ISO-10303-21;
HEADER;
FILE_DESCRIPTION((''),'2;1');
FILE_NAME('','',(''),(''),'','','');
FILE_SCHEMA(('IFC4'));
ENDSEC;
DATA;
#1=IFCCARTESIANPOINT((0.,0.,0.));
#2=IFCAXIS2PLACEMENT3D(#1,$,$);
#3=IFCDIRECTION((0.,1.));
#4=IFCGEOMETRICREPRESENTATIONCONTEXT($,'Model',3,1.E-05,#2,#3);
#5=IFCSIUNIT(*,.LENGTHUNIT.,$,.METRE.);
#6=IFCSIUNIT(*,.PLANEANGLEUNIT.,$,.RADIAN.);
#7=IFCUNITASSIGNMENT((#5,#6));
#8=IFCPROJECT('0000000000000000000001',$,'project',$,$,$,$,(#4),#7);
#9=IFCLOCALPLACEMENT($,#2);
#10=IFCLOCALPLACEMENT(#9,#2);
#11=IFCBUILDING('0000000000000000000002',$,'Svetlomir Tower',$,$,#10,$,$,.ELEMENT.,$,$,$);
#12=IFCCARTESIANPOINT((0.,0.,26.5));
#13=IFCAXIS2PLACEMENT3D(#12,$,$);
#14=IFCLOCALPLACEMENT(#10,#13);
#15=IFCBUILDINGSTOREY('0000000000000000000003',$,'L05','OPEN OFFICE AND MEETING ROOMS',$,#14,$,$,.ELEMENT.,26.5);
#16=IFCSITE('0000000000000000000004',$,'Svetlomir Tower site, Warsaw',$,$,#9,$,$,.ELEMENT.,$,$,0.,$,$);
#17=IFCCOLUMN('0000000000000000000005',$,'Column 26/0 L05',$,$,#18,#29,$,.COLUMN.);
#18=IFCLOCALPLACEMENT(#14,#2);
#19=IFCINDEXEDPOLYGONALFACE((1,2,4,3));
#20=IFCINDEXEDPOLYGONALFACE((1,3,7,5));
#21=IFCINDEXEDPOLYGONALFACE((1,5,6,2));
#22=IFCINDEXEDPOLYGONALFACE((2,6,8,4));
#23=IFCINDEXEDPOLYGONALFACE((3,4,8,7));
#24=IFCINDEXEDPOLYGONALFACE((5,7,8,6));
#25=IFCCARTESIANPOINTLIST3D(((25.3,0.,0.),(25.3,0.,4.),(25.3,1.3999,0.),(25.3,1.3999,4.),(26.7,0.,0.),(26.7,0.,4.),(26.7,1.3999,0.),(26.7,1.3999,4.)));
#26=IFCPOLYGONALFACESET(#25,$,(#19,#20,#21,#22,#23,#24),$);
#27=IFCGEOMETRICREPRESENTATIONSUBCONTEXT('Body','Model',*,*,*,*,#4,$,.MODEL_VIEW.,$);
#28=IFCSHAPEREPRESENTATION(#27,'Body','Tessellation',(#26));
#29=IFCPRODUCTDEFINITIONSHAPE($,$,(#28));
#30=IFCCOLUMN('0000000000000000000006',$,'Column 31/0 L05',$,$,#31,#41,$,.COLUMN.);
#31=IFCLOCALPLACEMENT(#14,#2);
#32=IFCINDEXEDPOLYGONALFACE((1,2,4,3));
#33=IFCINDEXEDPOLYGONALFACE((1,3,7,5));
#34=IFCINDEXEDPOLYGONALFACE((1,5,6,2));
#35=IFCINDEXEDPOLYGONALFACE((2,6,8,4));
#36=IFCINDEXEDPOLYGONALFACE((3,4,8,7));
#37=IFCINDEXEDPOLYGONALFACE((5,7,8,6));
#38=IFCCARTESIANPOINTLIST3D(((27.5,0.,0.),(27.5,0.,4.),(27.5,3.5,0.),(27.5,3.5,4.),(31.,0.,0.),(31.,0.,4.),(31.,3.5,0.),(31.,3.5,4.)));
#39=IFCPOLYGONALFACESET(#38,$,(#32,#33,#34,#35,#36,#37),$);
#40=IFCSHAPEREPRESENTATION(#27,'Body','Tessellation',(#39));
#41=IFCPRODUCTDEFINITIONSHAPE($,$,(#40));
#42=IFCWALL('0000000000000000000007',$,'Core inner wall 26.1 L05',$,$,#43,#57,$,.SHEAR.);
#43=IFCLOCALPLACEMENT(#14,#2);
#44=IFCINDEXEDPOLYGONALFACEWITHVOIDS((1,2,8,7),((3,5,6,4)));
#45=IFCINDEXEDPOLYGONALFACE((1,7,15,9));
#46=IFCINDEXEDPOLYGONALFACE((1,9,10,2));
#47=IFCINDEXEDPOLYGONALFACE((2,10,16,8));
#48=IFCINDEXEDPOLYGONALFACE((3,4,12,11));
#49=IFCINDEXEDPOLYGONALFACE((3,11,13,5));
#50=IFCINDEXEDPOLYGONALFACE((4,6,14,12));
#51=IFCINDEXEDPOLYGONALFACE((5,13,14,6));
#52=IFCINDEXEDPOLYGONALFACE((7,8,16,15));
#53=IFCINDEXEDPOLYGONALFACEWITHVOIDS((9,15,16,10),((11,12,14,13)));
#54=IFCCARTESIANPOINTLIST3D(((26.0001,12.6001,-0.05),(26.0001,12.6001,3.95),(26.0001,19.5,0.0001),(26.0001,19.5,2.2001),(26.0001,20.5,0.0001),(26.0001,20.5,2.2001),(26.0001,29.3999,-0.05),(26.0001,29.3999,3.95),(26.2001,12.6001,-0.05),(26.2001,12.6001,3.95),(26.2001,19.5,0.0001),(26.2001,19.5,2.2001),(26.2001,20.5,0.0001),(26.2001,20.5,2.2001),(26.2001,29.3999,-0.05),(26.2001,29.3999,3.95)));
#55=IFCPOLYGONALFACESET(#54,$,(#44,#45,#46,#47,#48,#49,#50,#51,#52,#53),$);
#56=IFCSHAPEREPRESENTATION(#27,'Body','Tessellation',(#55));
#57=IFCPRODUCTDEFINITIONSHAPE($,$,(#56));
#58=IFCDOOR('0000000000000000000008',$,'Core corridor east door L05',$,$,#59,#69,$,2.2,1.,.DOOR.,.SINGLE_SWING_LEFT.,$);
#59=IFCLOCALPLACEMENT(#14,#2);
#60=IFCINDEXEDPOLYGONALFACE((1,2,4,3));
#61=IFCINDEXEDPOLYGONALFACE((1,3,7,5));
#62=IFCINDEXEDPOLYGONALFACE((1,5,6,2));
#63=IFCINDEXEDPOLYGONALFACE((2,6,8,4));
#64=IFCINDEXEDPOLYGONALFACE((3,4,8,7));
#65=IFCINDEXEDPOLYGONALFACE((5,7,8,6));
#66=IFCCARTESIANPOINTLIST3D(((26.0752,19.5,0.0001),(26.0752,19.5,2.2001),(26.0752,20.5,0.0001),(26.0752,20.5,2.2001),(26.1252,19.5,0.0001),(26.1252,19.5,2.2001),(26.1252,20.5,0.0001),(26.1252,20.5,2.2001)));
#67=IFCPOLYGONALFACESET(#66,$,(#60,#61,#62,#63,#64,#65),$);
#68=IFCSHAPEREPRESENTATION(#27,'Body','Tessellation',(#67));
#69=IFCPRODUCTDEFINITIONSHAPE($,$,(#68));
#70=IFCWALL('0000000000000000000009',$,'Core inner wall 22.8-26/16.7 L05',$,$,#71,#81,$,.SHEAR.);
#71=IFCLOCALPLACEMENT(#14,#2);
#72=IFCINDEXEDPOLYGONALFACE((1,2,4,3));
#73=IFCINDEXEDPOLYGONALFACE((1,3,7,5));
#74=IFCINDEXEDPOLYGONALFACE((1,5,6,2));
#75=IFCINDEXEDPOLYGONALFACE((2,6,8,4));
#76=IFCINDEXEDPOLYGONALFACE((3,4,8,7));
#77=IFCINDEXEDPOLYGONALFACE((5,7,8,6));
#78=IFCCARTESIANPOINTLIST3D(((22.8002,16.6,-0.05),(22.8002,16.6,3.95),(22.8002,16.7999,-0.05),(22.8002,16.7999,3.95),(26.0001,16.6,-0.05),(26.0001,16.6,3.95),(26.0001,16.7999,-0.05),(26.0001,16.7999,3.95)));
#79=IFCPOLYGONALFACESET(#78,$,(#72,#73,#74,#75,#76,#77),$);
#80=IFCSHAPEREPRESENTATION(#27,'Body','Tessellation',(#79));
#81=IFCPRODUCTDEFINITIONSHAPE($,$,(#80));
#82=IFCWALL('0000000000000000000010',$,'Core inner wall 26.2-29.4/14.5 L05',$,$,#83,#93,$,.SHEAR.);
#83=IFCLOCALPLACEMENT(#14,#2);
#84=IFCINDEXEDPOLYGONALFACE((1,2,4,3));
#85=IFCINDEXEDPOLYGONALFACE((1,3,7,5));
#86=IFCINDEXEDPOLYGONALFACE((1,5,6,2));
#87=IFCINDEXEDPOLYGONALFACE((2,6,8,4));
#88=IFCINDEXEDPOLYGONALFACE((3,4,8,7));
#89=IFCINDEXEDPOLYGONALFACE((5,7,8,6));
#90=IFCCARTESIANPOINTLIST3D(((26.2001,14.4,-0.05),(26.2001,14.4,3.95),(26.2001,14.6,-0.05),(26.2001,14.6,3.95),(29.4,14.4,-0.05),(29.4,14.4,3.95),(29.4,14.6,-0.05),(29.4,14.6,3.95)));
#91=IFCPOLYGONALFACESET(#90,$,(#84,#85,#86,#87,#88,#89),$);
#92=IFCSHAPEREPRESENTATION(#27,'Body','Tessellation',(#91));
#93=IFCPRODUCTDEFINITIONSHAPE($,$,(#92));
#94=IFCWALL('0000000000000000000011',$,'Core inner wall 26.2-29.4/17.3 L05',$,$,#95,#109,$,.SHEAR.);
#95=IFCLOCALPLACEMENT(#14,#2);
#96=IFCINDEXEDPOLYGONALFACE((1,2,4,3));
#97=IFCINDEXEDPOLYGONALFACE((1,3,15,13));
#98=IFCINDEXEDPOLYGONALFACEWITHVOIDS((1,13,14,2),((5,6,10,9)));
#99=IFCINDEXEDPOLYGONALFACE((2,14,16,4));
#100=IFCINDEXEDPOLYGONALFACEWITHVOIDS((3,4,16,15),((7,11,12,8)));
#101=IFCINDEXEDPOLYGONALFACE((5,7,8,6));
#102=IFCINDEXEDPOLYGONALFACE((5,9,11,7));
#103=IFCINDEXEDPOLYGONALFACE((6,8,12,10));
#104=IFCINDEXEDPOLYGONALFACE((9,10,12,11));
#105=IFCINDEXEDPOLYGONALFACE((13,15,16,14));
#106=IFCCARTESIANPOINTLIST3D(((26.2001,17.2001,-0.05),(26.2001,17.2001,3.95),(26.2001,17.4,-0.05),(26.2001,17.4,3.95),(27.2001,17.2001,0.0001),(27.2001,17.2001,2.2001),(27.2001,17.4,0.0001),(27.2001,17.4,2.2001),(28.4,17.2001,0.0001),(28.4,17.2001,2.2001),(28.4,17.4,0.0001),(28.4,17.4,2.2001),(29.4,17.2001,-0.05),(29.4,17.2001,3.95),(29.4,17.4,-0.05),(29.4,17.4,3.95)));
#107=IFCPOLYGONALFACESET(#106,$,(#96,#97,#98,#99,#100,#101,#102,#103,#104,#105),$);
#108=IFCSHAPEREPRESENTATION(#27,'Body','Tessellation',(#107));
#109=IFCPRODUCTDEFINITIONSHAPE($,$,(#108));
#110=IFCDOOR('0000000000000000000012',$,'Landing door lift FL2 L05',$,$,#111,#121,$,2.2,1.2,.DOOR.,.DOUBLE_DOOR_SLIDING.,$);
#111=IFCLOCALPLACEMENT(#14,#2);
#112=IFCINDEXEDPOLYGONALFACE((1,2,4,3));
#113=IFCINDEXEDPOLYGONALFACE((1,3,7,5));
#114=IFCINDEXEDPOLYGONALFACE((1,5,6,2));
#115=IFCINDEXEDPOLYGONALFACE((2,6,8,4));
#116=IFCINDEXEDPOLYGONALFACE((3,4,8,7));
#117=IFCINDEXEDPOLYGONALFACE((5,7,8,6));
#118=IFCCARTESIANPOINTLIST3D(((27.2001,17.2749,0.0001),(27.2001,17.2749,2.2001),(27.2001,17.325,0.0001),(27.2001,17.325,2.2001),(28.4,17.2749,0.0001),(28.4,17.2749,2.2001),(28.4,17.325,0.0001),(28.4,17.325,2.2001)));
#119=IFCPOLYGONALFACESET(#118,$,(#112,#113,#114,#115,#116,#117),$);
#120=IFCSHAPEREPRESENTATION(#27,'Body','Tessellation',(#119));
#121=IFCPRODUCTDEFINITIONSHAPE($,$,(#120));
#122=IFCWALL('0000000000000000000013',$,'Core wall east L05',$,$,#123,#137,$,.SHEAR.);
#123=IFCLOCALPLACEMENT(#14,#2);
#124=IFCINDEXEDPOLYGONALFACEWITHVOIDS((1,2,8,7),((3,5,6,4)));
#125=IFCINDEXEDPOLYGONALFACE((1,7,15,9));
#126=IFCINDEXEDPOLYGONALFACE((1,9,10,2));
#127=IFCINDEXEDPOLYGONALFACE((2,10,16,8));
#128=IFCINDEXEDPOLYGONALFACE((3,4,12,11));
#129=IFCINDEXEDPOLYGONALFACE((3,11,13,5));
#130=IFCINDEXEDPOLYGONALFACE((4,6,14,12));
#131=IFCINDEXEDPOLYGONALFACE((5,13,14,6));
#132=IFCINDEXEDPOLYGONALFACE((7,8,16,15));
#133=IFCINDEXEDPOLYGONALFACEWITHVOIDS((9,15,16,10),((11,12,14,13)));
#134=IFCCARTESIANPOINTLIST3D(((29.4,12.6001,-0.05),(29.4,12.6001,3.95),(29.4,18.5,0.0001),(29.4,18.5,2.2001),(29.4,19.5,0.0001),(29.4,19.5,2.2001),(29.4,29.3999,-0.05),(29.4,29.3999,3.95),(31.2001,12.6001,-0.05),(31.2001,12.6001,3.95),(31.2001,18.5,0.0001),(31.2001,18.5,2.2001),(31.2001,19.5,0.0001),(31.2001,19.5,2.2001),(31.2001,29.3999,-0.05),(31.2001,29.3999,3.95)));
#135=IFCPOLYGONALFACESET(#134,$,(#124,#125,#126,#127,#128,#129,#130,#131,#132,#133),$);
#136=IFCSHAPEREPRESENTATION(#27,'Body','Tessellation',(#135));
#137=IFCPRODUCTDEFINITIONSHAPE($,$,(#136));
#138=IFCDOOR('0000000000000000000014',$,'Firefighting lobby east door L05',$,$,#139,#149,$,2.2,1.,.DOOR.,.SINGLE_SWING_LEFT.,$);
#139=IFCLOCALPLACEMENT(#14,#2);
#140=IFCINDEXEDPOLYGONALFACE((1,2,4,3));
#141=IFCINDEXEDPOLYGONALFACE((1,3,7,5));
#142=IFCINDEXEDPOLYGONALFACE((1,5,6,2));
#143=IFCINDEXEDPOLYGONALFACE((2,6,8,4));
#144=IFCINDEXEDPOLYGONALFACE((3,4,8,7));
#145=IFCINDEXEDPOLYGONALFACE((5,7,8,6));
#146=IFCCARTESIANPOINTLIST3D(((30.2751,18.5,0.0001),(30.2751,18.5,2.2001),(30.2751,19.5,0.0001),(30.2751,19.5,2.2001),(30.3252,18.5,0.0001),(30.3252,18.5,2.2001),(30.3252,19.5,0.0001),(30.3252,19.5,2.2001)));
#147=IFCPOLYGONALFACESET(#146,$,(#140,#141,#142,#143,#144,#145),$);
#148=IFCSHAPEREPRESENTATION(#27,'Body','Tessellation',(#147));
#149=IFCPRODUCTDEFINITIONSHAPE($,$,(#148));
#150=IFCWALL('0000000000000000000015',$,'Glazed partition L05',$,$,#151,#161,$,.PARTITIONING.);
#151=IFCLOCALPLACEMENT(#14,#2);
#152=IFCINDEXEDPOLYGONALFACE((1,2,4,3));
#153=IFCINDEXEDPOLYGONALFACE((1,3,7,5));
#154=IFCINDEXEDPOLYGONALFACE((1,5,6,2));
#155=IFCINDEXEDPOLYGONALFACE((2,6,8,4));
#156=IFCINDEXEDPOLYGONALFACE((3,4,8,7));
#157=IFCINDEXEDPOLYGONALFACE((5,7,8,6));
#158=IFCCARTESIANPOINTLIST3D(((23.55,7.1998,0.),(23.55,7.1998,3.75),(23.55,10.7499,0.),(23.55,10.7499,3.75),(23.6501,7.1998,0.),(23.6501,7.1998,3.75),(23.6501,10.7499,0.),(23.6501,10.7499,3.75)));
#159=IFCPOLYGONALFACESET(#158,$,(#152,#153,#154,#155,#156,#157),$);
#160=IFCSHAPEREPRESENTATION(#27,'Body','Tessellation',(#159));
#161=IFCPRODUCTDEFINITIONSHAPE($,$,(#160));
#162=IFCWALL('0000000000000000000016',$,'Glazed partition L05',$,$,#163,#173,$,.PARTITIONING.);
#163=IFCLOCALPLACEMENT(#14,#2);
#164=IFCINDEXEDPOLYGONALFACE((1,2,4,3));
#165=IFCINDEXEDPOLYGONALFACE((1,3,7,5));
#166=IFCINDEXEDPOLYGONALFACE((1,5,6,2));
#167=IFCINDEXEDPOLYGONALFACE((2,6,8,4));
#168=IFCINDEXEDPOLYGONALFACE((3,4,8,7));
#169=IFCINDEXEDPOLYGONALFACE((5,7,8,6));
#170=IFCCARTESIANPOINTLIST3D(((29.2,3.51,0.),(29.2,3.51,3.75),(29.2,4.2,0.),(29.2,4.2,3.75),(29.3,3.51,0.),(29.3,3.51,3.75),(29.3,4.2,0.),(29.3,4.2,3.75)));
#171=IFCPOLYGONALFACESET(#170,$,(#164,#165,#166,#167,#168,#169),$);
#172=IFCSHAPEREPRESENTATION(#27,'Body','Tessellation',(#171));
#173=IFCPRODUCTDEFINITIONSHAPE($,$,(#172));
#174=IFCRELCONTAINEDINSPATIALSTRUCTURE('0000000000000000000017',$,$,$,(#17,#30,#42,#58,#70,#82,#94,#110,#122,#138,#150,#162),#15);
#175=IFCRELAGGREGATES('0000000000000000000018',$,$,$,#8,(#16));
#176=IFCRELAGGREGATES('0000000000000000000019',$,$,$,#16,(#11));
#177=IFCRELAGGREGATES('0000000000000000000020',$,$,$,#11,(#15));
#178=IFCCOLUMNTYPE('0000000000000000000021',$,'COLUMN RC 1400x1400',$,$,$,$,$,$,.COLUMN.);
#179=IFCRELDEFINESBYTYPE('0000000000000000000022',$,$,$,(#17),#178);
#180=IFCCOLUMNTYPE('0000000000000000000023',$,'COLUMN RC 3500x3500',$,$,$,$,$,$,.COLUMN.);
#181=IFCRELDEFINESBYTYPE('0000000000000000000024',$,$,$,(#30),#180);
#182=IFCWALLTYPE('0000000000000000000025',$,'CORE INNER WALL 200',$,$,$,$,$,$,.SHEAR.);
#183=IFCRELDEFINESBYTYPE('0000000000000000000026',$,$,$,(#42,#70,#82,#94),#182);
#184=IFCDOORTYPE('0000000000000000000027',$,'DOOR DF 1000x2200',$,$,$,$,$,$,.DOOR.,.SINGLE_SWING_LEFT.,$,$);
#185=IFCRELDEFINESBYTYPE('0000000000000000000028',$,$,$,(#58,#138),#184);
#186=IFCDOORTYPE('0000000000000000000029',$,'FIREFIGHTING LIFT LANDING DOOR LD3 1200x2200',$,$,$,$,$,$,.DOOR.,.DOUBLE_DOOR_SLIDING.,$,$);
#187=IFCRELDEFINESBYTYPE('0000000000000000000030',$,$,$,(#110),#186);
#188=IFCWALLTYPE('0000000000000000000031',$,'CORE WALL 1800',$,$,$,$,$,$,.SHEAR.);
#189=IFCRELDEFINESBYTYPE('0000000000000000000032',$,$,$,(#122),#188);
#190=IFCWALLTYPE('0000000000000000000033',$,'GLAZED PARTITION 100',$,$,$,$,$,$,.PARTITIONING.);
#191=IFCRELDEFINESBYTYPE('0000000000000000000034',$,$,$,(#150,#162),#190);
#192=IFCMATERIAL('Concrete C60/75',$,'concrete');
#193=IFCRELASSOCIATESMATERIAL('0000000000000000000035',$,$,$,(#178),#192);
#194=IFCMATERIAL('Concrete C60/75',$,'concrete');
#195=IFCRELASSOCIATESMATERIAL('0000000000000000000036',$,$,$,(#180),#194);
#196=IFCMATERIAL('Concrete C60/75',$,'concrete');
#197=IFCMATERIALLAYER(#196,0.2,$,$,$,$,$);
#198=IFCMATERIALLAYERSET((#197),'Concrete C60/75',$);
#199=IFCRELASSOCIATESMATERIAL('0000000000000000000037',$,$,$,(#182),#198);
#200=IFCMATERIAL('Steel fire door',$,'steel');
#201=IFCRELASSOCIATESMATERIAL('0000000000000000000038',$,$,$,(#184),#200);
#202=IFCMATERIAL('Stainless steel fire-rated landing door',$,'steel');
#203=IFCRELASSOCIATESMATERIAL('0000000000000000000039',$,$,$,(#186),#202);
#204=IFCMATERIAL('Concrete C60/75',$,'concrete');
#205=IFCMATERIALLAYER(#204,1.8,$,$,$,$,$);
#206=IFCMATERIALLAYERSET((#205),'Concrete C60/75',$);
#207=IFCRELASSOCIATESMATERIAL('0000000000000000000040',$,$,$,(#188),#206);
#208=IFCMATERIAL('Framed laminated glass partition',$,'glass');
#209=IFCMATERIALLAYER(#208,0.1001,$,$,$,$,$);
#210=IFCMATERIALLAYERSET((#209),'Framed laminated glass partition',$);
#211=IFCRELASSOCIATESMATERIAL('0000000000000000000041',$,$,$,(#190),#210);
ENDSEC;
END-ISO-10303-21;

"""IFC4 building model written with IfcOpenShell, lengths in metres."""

from ifc_helpers import new_model, si_unit, direction, frame, frame_2d, origin, origin_2d, place, context, subcontext, project, spatial, rectangle, extrude, material, layer, layer_set, material_profile, profile_set, type_object, element, fill, save


model = new_model("IFC4")

# Units and contexts
model_context = context("Model", 3, precision=1e-05, world=origin(), true_north=direction((0.0, 1.0)))
body_context = subcontext(model_context, "Body", "Model", "MODEL_VIEW")
ifc_project = project(units=[si_unit("LENGTHUNIT", "METRE"), si_unit("PLANEANGLEUNIT", "RADIAN")], contexts=[model_context])

# Site, building, storey
site_placement = place(None, origin())
site = spatial("IfcSite", under=ifc_project, at=site_placement, Name="Svetlomir Tower site, Warsaw", CompositionType="ELEMENT", RefElevation=0.0)
building_placement = place(site_placement, origin())
building = spatial("IfcBuilding", under=site, at=building_placement, Name="Svetlomir Tower", CompositionType="ELEMENT")
storey_placement = place(building_placement, frame((0.0, 0.0, 26.5)))
storey = spatial("IfcBuildingStorey", under=building, at=storey_placement, Name="L05", Description="OPEN OFFICE AND MEETING ROOMS", CompositionType="ELEMENT", Elevation=26.5)

# Columns
ifc_material_1 = material(Name="Concrete C60/75", Category="concrete")
ifc_material_profile_1 = material_profile(ifc_material_1, rectangle(XDim=1.3999, YDim=1.3999, at=origin_2d()), Name="RC 1400x1400")
ifc_profile_set_1 = profile_set([ifc_material_profile_1], Name="Concrete C60/75")
column_type_1 = type_object("IfcColumnType", Name="COLUMN RC 1400x1400", PredefinedType="COLUMN", material=ifc_profile_set_1)
column_1_placement = place(storey_placement, frame((26.0, 0.7, 0.0), z_axis=(0.0, 0.0, 1.0), x_axis=(1.0, 0.0, 0.0)))
element("IfcColumn", 1, at=column_1_placement, inside=storey, type_object=column_type_1, Name="Column 26/0 L05", PredefinedType="COLUMN", context=body_context, shape_type="SweptSolid", body=[
    extrude(rectangle(XDim=1.3999, YDim=1.3999, at=origin_2d()), origin(), (0.0, 0.0, 1.0), 4.0),
])
ifc_material_2 = material(Name="Concrete C60/75", Category="concrete")
ifc_material_profile_2 = material_profile(ifc_material_2, rectangle(XDim=3.5, YDim=3.5, at=origin_2d()), Name="RC 3500x3500")
ifc_profile_set_2 = profile_set([ifc_material_profile_2], Name="Concrete C60/75")
column_type_2 = type_object("IfcColumnType", Name="COLUMN RC 3500x3500", PredefinedType="COLUMN", material=ifc_profile_set_2)
column_2_placement = place(storey_placement, frame((29.25, 1.75, 0.0), z_axis=(0.0, 0.0, 1.0), x_axis=(1.0, 0.0, 0.0)))
element("IfcColumn", 2, at=column_2_placement, inside=storey, type_object=column_type_2, Name="Column 31/0 L05", PredefinedType="COLUMN", context=body_context, shape_type="SweptSolid", body=[
    extrude(rectangle(XDim=3.5, YDim=3.5, at=origin_2d()), origin(), (0.0, 0.0, 1.0), 4.0),
])

# Wall, opening, door
ifc_material_3 = material(Name="Concrete C60/75", Category="concrete")
ifc_layer_1 = layer(ifc_material_3, 0.2)
ifc_layer_set_1 = layer_set([ifc_layer_1], Name="Concrete C60/75")
wall_type_1 = type_object("IfcWallType", Name="CORE INNER WALL 200", PredefinedType="SHEAR", material=ifc_layer_set_1)
wall_1_placement = place(storey_placement, frame((26.1001, 12.6001, -0.05), z_axis=(0.0, 0.0, 1.0), x_axis=(0.0, 1.0, 0.0)))
wall_1 = element("IfcWall", 3, at=wall_1_placement, inside=storey, type_object=wall_type_1, Name="Core inner wall 26.1 L05", PredefinedType="SHEAR", context=body_context, shape_type="SweptSolid", body=[
    extrude(rectangle(XDim=16.7998, YDim=0.2, at=frame_2d((8.3999, 0.0))), origin(), (0.0, 0.0, 1.0), 4.0),
])
opening_1_placement = place(wall_1_placement, frame((6.8999, 0.0, 0.05)))
opening_1 = element("IfcOpeningElement", 4, at=opening_1_placement, cuts=wall_1, PredefinedType="OPENING", context=body_context, shape_type="SweptSolid", body=[
    extrude(rectangle(XDim=1.0, YDim=2.2, at=frame_2d((0.5, 1.1001))), frame((0.0, 0.1099, 0.0), z_axis=(0.0, -1.0, 0.0), x_axis=(1.0, 0.0, 0.0)), (0.0, 0.0, 1.0), 0.22),
])
ifc_material_4 = material(Name="Steel fire door", Category="steel")
door_type_1 = type_object("IfcDoorType", Name="DOOR DF 1000x2200", OperationType="SINGLE_SWING_LEFT", PredefinedType="DOOR", material=ifc_material_4)
door_1_placement = place(opening_1_placement, origin())
door_1 = element("IfcDoor", 5, at=door_1_placement, inside=storey, type_object=door_type_1, Name="Core corridor east door L05", OperationType="SINGLE_SWING_LEFT", OverallHeight=2.2, OverallWidth=1.0, PredefinedType="DOOR", context=body_context, shape_type="SweptSolid", body=[
    extrude(rectangle(XDim=1.0, YDim=2.2, at=frame_2d((0.5, 1.1001))), frame((0.0, 0.0249, 0.0), z_axis=(0.0, -1.0, 0.0), x_axis=(1.0, 0.0, 0.0)), (0.0, 0.0, 1.0), 0.05),
])
fill(opening_1, door_1)

# Walls
for number, where, z_axis, x_axis, name in (
    (6, (22.8, 16.7, -0.05), (0.0, 0.0, 1.0), (1.0, 0.0, 0.0), "Core inner wall 22.8-26/16.7 L05"),
    (7, (26.2, 14.5, -0.05), (0.0, 0.0, 1.0), (1.0, 0.0, 0.0), "Core inner wall 26.2-29.4/14.5 L05"),
):
    element("IfcWall", number, at=place(storey_placement, frame(where, z_axis=z_axis, x_axis=x_axis)), inside=storey, type_object=wall_type_1, Name=name, PredefinedType="SHEAR", context=body_context, shape_type="SweptSolid", body=[
        extrude(rectangle(XDim=3.2, YDim=0.2, at=frame_2d((1.6001, 0.0))), origin(), (0.0, 0.0, 1.0), 4.0),
    ])

# Walls, openings, doors
wall_2_placement = place(storey_placement, frame((26.2, 17.3, -0.05), z_axis=(0.0, 0.0, 1.0), x_axis=(1.0, 0.0, 0.0)))
wall_2 = element("IfcWall", 8, at=wall_2_placement, inside=storey, type_object=wall_type_1, Name="Core inner wall 26.2-29.4/17.3 L05", PredefinedType="SHEAR", context=body_context, shape_type="SweptSolid", body=[
    extrude(rectangle(XDim=3.2, YDim=0.2, at=frame_2d((1.6001, 0.0))), origin(), (0.0, 0.0, 1.0), 4.0),
])
opening_2_placement = place(wall_2_placement, frame((1.0, 0.0, 0.05)))
opening_2 = element("IfcOpeningElement", 9, at=opening_2_placement, cuts=wall_2, PredefinedType="OPENING", context=body_context, shape_type="SweptSolid", body=[
    extrude(rectangle(XDim=1.2, YDim=2.2, at=frame_2d((0.6001, 1.1001))), frame((0.0, 0.1099, 0.0), z_axis=(0.0, -1.0, 0.0), x_axis=(1.0, 0.0, 0.0)), (0.0, 0.0, 1.0), 0.22),
])
ifc_material_5 = material(Name="Stainless steel fire-rated landing door", Category="steel")
door_type_2 = type_object("IfcDoorType", Name="FIREFIGHTING LIFT LANDING DOOR LD3 1200x2200", OperationType="DOUBLE_DOOR_SLIDING", PredefinedType="DOOR", material=ifc_material_5)
door_2_placement = place(opening_2_placement, origin())
door_2 = element("IfcDoor", 10, at=door_2_placement, inside=storey, type_object=door_type_2, Name="Landing door lift FL2 L05", OperationType="DOUBLE_DOOR_SLIDING", OverallHeight=2.2, OverallWidth=1.2, PredefinedType="DOOR", context=body_context, shape_type="SweptSolid", body=[
    extrude(rectangle(XDim=1.2, YDim=2.2, at=frame_2d((0.6001, 1.1001))), frame((0.0, 0.0249, 0.0), z_axis=(0.0, -1.0, 0.0), x_axis=(1.0, 0.0, 0.0)), (0.0, 0.0, 1.0), 0.05),
])
fill(opening_2, door_2)
ifc_material_6 = material(Name="Concrete C60/75", Category="concrete")
ifc_layer_2 = layer(ifc_material_6, 1.8)
ifc_layer_set_2 = layer_set([ifc_layer_2], Name="Concrete C60/75")
wall_type_2 = type_object("IfcWallType", Name="CORE WALL 1800", PredefinedType="SHEAR", material=ifc_layer_set_2)
wall_3_placement = place(storey_placement, frame((30.3, 12.6001, -0.05), z_axis=(0.0, 0.0, 1.0), x_axis=(0.0, 1.0, 0.0)))
wall_3 = element("IfcWall", 11, at=wall_3_placement, inside=storey, type_object=wall_type_2, Name="Core wall east L05", PredefinedType="SHEAR", context=body_context, shape_type="SweptSolid", body=[
    extrude(rectangle(XDim=16.7998, YDim=1.8, at=frame_2d((8.3999, 0.0))), origin(), (0.0, 0.0, 1.0), 4.0),
])
opening_3_placement = place(wall_3_placement, frame((5.8999, 0.0, 0.05)))
opening_3 = element("IfcOpeningElement", 12, at=opening_3_placement, cuts=wall_3, PredefinedType="OPENING", context=body_context, shape_type="SweptSolid", body=[
    extrude(rectangle(XDim=1.0, YDim=2.2, at=frame_2d((0.5, 1.1001))), frame((0.0, 0.9102, 0.0), z_axis=(0.0, -1.0, 0.0), x_axis=(1.0, 0.0, 0.0)), (0.0, 0.0, 1.0), 1.8201),
])
door_3_placement = place(opening_3_placement, origin())
door_3 = element("IfcDoor", 13, at=door_3_placement, inside=storey, type_object=door_type_1, Name="Firefighting lobby east door L05", OperationType="SINGLE_SWING_LEFT", OverallHeight=2.2, OverallWidth=1.0, PredefinedType="DOOR", context=body_context, shape_type="SweptSolid", body=[
    extrude(rectangle(XDim=1.0, YDim=2.2, at=frame_2d((0.5, 1.1001))), frame((0.0, 0.0249, 0.0), z_axis=(0.0, -1.0, 0.0), x_axis=(1.0, 0.0, 0.0)), (0.0, 0.0, 1.0), 0.05),
])
fill(opening_3, door_3)

# Walls
ifc_material_7 = material(Name="Framed laminated glass partition", Category="glass")
ifc_layer_3 = layer(ifc_material_7, 0.1001)
ifc_layer_set_3 = layer_set([ifc_layer_3], Name="Framed laminated glass partition")
wall_type_3 = type_object("IfcWallType", Name="GLAZED PARTITION 100", PredefinedType="PARTITIONING", material=ifc_layer_set_3)
wall_4_placement = place(storey_placement, frame((23.6001, 7.2, 0.0), z_axis=(0.0, 0.0, 1.0), x_axis=(0.0, 1.0, 0.0)))
element("IfcWall", 14, at=wall_4_placement, inside=storey, type_object=wall_type_3, Name="Glazed partition L05", PredefinedType="PARTITIONING", context=body_context, shape_type="SweptSolid", body=[
    extrude(rectangle(XDim=3.55, YDim=0.1001, at=frame_2d((1.7749, 0.0))), origin(), (0.0, 0.0, 1.0), 3.75),
])
wall_5_placement = place(storey_placement, frame((29.25, 3.51, 0.0), z_axis=(0.0, 0.0, 1.0), x_axis=(0.0, 1.0, 0.0)))
element("IfcWall", 15, at=wall_5_placement, inside=storey, type_object=wall_type_3, Name="Glazed partition L05", PredefinedType="PARTITIONING", context=body_context, shape_type="SweptSolid", body=[
    extrude(rectangle(XDim=0.6899, YDim=0.1001, at=frame_2d((0.345, 0.0))), origin(), (0.0, 0.0, 1.0), 3.75),
])

save(model, "model.ifc")
